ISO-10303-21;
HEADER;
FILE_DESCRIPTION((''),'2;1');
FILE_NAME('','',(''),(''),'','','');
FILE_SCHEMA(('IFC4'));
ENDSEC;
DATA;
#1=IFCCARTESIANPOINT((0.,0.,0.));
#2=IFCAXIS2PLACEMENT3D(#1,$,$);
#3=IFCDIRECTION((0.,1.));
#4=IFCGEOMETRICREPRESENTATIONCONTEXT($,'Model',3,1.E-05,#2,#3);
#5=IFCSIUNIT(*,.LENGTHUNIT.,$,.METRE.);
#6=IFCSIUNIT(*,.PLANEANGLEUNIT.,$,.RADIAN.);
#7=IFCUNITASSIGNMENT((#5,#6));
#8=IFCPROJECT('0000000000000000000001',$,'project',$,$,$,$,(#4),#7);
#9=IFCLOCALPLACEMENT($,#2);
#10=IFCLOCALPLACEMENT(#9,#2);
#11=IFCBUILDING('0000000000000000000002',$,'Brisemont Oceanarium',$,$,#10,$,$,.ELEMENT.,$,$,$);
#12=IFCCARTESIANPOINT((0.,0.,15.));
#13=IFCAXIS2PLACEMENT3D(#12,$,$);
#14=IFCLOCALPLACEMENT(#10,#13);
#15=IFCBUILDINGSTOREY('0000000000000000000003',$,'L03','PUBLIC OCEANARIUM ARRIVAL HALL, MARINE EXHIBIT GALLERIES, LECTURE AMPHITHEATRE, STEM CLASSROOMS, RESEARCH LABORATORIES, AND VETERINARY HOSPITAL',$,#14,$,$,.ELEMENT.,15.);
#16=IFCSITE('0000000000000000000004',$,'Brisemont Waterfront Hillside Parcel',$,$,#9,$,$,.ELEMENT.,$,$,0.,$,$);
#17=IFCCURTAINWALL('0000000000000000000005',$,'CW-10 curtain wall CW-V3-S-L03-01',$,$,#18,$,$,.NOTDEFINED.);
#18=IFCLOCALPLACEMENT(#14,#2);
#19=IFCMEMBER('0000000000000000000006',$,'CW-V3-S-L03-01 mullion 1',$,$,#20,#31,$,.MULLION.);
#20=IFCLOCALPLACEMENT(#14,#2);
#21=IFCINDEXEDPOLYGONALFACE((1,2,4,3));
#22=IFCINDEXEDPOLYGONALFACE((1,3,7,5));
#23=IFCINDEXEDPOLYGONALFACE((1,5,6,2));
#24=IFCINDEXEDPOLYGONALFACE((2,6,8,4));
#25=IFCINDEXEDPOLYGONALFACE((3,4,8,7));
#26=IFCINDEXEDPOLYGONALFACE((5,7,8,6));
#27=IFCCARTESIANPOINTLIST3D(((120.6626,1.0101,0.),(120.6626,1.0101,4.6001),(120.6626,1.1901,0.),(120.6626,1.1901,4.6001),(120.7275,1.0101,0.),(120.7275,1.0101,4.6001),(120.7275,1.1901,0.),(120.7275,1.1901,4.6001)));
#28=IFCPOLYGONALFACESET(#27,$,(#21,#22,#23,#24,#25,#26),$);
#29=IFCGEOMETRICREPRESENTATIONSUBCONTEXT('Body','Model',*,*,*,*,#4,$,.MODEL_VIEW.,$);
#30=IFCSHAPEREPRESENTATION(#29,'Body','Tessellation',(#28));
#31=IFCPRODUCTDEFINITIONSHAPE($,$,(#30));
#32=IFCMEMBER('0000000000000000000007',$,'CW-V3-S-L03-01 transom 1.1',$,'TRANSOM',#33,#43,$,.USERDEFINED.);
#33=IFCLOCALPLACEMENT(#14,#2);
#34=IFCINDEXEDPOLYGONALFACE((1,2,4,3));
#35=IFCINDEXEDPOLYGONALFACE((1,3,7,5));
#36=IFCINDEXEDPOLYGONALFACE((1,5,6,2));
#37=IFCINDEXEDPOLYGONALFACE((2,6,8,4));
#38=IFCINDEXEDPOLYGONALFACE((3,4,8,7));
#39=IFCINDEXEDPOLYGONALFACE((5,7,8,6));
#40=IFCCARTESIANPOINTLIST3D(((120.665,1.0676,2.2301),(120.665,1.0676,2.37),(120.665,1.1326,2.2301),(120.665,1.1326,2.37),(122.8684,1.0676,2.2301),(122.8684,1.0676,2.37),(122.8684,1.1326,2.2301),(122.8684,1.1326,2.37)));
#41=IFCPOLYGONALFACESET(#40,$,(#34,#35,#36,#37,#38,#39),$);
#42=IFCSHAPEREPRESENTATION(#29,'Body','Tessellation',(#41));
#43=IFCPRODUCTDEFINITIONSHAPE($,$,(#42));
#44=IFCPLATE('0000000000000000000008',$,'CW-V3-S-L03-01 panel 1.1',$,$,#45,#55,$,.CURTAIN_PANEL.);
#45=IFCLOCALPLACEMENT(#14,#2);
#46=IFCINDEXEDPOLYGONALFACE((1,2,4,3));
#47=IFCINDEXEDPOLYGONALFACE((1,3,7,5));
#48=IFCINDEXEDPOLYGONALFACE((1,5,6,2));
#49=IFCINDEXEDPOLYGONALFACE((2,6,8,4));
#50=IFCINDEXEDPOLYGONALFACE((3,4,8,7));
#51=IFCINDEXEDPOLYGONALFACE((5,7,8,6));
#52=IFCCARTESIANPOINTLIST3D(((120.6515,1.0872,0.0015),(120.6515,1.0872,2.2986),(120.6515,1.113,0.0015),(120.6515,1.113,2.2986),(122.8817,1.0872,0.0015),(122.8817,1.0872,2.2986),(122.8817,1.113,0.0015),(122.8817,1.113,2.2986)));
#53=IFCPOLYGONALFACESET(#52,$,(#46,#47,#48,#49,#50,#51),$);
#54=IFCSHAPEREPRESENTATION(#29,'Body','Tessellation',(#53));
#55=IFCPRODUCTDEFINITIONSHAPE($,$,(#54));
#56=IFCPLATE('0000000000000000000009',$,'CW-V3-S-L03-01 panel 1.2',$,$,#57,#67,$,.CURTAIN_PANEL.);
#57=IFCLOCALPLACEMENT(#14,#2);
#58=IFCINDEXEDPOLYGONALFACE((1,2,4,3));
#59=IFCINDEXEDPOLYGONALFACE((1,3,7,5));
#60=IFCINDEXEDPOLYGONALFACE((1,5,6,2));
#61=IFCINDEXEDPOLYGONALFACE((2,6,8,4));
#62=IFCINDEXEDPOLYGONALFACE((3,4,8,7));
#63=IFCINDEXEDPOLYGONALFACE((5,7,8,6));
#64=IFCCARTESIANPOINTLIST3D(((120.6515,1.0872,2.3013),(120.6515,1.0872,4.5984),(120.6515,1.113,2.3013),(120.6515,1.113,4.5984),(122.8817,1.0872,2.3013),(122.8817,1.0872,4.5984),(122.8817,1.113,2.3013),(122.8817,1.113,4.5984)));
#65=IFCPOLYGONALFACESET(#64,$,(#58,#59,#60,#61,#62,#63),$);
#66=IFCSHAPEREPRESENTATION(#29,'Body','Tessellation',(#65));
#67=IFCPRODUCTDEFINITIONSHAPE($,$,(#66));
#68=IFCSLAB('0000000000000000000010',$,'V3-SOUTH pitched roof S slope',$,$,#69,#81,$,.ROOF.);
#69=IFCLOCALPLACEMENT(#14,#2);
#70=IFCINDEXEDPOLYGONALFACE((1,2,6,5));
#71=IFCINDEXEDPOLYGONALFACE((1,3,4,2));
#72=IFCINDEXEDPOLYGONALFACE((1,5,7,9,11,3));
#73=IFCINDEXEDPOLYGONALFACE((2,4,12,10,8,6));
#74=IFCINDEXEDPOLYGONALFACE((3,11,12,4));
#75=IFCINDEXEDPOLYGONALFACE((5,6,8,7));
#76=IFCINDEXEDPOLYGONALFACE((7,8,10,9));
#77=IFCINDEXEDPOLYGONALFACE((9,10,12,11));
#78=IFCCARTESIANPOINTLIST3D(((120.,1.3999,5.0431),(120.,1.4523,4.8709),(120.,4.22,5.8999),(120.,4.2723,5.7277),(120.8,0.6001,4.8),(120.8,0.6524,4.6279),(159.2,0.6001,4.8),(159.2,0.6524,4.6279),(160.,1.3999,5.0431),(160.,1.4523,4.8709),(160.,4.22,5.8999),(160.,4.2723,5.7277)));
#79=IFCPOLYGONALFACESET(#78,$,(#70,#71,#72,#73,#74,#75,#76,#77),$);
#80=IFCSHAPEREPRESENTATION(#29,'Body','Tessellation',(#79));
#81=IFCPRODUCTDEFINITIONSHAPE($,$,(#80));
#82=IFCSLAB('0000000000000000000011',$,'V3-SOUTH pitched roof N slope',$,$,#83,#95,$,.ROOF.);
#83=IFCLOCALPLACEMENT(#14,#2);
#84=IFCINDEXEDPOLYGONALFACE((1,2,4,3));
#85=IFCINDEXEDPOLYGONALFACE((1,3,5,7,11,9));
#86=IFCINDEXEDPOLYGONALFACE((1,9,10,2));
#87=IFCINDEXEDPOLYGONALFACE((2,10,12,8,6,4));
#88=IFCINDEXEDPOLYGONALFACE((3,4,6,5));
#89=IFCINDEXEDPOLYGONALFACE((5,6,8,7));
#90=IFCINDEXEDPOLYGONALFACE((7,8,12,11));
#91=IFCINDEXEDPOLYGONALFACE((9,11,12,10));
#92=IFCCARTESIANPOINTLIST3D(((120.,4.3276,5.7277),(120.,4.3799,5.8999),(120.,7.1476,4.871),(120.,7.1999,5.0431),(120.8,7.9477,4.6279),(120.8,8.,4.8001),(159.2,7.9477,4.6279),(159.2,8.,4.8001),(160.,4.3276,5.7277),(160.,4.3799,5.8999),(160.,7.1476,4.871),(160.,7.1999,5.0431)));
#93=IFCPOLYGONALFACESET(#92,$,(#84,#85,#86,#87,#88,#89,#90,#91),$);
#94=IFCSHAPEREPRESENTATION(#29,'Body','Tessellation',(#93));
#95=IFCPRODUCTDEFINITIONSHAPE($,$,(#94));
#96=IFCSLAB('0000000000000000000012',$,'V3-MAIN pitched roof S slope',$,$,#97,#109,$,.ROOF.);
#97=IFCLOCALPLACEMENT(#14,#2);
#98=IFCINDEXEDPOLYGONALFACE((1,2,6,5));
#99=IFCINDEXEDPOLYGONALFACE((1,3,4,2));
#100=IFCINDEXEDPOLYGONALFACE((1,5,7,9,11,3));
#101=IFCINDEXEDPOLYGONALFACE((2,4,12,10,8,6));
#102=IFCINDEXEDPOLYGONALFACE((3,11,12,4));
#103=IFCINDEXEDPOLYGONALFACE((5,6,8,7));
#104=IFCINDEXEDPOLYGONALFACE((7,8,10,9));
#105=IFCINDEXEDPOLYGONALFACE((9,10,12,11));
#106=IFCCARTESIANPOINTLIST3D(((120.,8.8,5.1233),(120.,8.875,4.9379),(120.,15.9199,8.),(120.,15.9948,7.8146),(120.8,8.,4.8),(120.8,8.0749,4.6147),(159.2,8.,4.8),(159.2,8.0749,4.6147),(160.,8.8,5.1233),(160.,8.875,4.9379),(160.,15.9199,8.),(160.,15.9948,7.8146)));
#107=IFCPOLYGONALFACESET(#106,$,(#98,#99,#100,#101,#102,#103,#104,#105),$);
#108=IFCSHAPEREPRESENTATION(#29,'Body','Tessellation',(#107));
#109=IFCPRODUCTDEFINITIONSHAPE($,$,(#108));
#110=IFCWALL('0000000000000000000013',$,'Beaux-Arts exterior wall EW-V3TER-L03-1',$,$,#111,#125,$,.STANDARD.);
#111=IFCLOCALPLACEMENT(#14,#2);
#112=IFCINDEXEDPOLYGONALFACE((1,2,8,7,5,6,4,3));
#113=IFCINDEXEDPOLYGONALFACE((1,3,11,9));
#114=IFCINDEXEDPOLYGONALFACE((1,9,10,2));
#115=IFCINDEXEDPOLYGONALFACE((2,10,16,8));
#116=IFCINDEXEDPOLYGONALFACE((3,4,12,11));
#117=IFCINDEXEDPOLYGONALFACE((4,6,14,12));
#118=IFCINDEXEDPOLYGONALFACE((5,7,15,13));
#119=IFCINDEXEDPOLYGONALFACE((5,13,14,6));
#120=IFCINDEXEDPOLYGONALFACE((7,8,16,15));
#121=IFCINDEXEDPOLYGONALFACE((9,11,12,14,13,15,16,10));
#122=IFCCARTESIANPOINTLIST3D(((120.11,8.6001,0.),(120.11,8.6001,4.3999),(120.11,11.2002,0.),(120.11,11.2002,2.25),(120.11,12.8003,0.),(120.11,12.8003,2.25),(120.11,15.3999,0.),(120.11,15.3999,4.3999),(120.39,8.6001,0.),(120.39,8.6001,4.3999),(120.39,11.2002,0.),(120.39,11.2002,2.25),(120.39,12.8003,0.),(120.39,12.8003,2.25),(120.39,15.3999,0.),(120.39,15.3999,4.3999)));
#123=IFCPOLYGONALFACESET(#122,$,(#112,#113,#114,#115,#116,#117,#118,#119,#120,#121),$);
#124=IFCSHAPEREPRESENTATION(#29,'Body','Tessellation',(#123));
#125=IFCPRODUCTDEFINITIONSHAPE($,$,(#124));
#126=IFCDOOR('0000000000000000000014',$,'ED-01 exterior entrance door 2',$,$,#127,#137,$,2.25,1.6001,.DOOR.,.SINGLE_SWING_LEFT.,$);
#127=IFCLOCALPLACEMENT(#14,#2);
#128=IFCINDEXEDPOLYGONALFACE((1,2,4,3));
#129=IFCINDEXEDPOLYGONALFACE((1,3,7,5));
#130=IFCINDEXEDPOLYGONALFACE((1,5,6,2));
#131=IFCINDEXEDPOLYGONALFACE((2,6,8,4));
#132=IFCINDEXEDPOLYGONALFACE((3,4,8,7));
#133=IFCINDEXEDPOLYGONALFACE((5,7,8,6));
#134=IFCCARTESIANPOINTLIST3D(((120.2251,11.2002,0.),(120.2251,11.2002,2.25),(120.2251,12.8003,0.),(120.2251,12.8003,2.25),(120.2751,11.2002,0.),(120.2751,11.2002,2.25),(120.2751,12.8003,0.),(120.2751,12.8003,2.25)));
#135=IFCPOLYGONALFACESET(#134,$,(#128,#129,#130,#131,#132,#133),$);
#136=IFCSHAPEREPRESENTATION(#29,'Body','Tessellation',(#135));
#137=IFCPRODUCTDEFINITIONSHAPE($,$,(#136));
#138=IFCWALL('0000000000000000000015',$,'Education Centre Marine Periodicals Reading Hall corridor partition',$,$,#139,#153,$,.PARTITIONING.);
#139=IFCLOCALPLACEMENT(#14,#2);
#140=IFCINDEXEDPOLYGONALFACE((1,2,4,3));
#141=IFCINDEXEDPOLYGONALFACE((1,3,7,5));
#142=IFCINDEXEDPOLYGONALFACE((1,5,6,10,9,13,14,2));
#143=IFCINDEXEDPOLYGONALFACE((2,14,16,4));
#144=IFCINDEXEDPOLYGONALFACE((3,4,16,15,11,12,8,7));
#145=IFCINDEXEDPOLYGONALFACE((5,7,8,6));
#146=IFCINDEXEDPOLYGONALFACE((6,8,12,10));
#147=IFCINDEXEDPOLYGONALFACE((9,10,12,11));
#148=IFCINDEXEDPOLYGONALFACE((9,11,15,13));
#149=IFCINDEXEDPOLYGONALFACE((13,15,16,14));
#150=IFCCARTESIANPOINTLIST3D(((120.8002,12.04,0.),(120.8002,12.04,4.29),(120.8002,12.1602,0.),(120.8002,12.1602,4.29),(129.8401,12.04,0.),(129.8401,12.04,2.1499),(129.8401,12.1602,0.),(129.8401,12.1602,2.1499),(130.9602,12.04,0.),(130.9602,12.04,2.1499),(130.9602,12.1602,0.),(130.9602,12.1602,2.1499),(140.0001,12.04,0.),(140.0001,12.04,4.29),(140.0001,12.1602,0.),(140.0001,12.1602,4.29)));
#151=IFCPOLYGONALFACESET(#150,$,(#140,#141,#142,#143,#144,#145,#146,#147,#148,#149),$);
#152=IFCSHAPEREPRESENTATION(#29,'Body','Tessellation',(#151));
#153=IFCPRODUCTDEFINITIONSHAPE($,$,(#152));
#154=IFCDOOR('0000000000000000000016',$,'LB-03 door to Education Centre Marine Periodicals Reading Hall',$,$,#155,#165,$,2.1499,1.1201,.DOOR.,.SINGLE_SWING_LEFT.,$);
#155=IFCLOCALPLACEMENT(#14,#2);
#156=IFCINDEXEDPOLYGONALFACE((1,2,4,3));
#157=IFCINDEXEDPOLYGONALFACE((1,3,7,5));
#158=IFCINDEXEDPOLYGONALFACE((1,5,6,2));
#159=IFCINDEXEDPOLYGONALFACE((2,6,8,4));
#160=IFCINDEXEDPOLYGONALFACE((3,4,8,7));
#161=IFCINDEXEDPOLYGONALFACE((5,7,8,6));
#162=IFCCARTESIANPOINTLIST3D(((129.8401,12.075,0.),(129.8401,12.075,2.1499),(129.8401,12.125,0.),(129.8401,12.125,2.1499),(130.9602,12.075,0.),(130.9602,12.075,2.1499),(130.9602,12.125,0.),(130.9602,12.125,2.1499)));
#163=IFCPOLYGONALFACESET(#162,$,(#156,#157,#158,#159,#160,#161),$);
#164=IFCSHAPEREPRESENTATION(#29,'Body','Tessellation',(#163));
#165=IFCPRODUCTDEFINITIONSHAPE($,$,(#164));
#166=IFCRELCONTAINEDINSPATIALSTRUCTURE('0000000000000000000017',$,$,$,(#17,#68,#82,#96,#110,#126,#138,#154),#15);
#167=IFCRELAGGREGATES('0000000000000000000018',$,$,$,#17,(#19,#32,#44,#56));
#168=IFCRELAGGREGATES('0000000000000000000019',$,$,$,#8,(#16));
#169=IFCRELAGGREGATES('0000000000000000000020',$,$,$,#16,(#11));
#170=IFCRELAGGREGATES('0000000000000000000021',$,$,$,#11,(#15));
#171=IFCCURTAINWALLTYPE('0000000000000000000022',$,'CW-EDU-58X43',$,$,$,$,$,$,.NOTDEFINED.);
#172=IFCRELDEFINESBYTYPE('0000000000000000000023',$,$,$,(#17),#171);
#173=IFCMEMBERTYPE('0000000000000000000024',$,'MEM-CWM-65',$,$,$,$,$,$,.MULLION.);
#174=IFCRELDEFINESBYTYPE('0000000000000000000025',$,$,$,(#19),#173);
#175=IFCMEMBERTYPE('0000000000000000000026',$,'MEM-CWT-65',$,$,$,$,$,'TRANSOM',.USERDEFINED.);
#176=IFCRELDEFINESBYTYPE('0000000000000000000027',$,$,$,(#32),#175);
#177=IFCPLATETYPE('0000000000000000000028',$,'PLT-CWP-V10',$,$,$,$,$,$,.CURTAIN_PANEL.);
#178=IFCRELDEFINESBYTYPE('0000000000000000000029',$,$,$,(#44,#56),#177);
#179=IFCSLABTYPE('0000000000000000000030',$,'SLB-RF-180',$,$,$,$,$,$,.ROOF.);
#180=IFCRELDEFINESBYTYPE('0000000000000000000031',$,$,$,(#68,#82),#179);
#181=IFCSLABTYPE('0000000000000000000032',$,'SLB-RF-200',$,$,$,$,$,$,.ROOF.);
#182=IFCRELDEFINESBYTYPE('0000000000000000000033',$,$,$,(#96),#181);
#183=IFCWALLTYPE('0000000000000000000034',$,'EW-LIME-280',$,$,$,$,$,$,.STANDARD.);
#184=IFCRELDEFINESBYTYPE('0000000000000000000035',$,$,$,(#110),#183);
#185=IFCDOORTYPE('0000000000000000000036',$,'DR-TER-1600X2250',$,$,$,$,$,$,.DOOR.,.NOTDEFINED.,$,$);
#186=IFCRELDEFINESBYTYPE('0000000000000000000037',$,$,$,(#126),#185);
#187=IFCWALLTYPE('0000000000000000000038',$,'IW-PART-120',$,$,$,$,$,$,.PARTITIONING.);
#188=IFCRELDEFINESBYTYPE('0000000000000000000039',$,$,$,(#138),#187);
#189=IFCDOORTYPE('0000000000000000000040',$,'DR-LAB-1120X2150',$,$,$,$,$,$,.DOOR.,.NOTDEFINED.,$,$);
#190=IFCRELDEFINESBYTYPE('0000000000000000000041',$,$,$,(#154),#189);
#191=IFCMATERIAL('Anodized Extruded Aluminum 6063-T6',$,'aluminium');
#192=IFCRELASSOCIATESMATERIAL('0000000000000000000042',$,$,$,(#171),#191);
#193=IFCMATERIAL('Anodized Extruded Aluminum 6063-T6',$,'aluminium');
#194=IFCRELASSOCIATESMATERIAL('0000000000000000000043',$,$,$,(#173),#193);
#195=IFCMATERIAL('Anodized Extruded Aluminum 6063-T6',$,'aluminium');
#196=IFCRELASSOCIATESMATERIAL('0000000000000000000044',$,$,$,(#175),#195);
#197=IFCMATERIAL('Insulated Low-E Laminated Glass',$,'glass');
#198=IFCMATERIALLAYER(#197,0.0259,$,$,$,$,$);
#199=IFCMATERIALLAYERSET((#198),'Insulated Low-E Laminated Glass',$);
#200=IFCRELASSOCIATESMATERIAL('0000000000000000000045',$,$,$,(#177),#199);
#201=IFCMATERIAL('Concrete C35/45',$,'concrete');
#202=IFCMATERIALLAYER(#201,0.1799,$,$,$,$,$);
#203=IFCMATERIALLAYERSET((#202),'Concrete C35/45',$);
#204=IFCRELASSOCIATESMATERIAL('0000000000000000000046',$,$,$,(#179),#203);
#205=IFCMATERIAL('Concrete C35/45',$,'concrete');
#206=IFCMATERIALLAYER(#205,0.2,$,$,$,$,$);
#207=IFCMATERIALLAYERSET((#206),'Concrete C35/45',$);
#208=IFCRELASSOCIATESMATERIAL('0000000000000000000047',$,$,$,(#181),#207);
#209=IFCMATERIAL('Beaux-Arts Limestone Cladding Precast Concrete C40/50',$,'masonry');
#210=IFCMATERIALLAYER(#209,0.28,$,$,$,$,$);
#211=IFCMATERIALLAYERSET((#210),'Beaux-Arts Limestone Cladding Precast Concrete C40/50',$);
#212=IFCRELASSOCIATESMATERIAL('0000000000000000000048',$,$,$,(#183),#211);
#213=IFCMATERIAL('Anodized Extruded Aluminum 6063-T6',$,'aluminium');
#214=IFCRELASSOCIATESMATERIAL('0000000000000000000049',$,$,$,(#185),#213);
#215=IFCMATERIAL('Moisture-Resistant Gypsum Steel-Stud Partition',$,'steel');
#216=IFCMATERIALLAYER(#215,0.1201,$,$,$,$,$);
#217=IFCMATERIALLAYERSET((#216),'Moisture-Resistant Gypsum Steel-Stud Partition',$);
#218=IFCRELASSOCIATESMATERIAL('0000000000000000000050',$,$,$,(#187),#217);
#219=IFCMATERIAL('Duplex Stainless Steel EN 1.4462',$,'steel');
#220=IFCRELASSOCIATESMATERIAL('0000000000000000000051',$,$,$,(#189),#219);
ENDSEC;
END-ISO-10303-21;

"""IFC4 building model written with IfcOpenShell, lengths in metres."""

from ifc_helpers import new_model, si_unit, direction, frame, frame_2d, origin, origin_2d, place, context, subcontext, project, spatial, polyline, rectangle, outline, extrude, material, layer, layer_set, material_profile, profile_set, type_object, element, fill, aggregate, save


model = new_model("IFC4")

# Units and contexts
model_context = context("Model", 3, precision=1e-05, world=origin(), true_north=direction((0.0, 1.0)))
body_context = subcontext(model_context, "Body", "Model", "MODEL_VIEW")
ifc_project = project(units=[si_unit("LENGTHUNIT", "METRE"), si_unit("PLANEANGLEUNIT", "RADIAN")], contexts=[model_context])

# Site, building, storey
site_placement = place(None, origin())
site = spatial("IfcSite", under=ifc_project, at=site_placement, Name="Brisemont Waterfront Hillside Parcel", CompositionType="ELEMENT", RefElevation=0.0)
building_placement = place(site_placement, origin())
building = spatial("IfcBuilding", under=site, at=building_placement, Name="Brisemont Oceanarium", CompositionType="ELEMENT")
storey_placement = place(building_placement, frame((0.0, 0.0, 15.0)))
storey = spatial("IfcBuildingStorey", under=building, at=storey_placement, Name="L03", Description="PUBLIC OCEANARIUM ARRIVAL HALL, MARINE EXHIBIT GALLERIES, LECTURE AMPHITHEATRE, STEM CLASSROOMS, RESEARCH LABORATORIES, AND VETERINARY HOSPITAL", CompositionType="ELEMENT", Elevation=15.0)

# Curtain wall, members, plates
ifc_material_1 = material(Name="Anodized Extruded Aluminum 6063-T6", Category="aluminium")
curtain_wall_type = type_object("IfcCurtainWallType", Name="CW-EDU-58X43", PredefinedType="NOTDEFINED", material=ifc_material_1)
curtain_wall_placement = place(storey_placement, origin())
curtain_wall = element("IfcCurtainWall", 1, at=curtain_wall_placement, inside=storey, type_object=curtain_wall_type, Name="CW-10 curtain wall CW-V3-S-L03-01", PredefinedType="NOTDEFINED")
ifc_material_2 = material(Name="Anodized Extruded Aluminum 6063-T6", Category="aluminium")
ifc_material_profile_1 = material_profile(ifc_material_2, rectangle(XDim=0.0649, YDim=0.1799, at=origin_2d()), Name="CWM-65X180")
ifc_profile_set_1 = profile_set([ifc_material_profile_1], Name="Anodized Extruded Aluminum 6063-T6")
member_type_1 = type_object("IfcMemberType", Name="MEM-CWM-65", PredefinedType="MULLION", material=ifc_profile_set_1)
member_1_placement = place(storey_placement, frame((120.6951, 1.1001, 0.0), z_axis=(0.0, 0.0, 1.0), x_axis=(1.0, 0.0, 0.0)))
member_1 = element("IfcMember", 2, at=member_1_placement, type_object=member_type_1, Name="CW-V3-S-L03-01 mullion 1", PredefinedType="MULLION", context=body_context, shape_type="SweptSolid", body=[
    extrude(rectangle(XDim=0.0649, YDim=0.1799, at=origin_2d()), origin(), (0.0, 0.0, 1.0), 4.6001),
])
ifc_material_3 = material(Name="Anodized Extruded Aluminum 6063-T6", Category="aluminium")
ifc_material_profile_2 = material_profile(ifc_material_3, rectangle(XDim=0.0649, YDim=0.1399, at=origin_2d()), Name="CWT-65X140")
ifc_profile_set_2 = profile_set([ifc_material_profile_2], Name="Anodized Extruded Aluminum 6063-T6")
member_type_2 = type_object("IfcMemberType", Name="MEM-CWT-65", ElementType="TRANSOM", PredefinedType="USERDEFINED", material=ifc_profile_set_2)
member_2_placement = place(storey_placement, frame((120.665, 1.1001, 2.3), z_axis=(1.0, 0.0, 0.0), x_axis=(0.0, 1.0, 0.0)))
member_2 = element("IfcMember", 3, at=member_2_placement, type_object=member_type_2, Name="CW-V3-S-L03-01 transom 1.1", ObjectType="TRANSOM", PredefinedType="USERDEFINED", context=body_context, shape_type="SweptSolid", body=[
    extrude(rectangle(XDim=0.0649, YDim=0.1399, at=origin_2d()), origin(), (0.0, 0.0, 1.0), 2.2034),
])
ifc_material_4 = material(Name="Insulated Low-E Laminated Glass", Category="glass")
ifc_layer_1 = layer(ifc_material_4, 0.0259)
ifc_layer_set_1 = layer_set([ifc_layer_1], Name="Insulated Low-E Laminated Glass")
plate_type = type_object("IfcPlateType", Name="PLT-CWP-V10", PredefinedType="CURTAIN_PANEL", material=ifc_layer_set_1)
plate_1_placement = place(storey_placement, frame((121.7666, 1.1001, 0.0015), z_axis=(0.0, 0.0, 1.0), x_axis=(1.0, 0.0, 0.0)))
plate_1 = element("IfcPlate", 4, at=plate_1_placement, type_object=plate_type, Name="CW-V3-S-L03-01 panel 1.1", PredefinedType="CURTAIN_PANEL", context=body_context, shape_type="SweptSolid", body=[
    extrude(rectangle(XDim=2.2302, YDim=0.0259, at=origin_2d()), origin(), (0.0, 0.0, 1.0), 2.2971),
])
plate_2_placement = place(storey_placement, frame((121.7666, 1.1001, 2.3013), z_axis=(0.0, 0.0, 1.0), x_axis=(1.0, 0.0, 0.0)))
plate_2 = element("IfcPlate", 5, at=plate_2_placement, type_object=plate_type, Name="CW-V3-S-L03-01 panel 1.2", PredefinedType="CURTAIN_PANEL", context=body_context, shape_type="SweptSolid", body=[
    extrude(rectangle(XDim=2.2302, YDim=0.0259, at=origin_2d()), origin(), (0.0, 0.0, 1.0), 2.2971),
])
aggregate(curtain_wall, [member_1, member_2, plate_1, plate_2])

# Slabs
ifc_material_5 = material(Name="Concrete C35/45", Category="concrete")
ifc_layer_2 = layer(ifc_material_5, 0.1799)
ifc_layer_set_2 = layer_set([ifc_layer_2], Name="Concrete C35/45")
slab_type_1 = type_object("IfcSlabType", Name="SLB-RF-180", PredefinedType="ROOF", material=ifc_layer_set_2)
slab_1_placement = place(storey_placement, frame((120.8, 0.6001, 4.8), z_axis=(0.0, -0.290714, 0.95681), x_axis=(1.0, 0.0, 0.0)))
element("IfcSlab", 6, at=slab_1_placement, inside=storey, type_object=slab_type_1, Name="V3-SOUTH pitched roof S slope", PredefinedType="ROOF", context=body_context, shape_type="SweptSolid", body=[
    extrude(outline(polyline([(0.0, 0.0), (38.3999, 0.0), (39.2, 0.836), (39.2, 3.7833), (-0.8, 3.7833), (-0.8, 0.836), (0.0, 0.0)])), origin(), (0.0, 0.0, -1.0), 0.1799),
])
slab_2_placement = place(storey_placement, frame((120.0, 4.3799, 5.8999), z_axis=(0.0, 0.290696, 0.956815), x_axis=(1.0, 0.0, 0.0)))
element("IfcSlab", 7, at=slab_2_placement, inside=storey, type_object=slab_type_1, Name="V3-SOUTH pitched roof N slope", PredefinedType="ROOF", context=body_context, shape_type="SweptSolid", body=[
    extrude(outline(polyline([(0.0, 0.0), (40.0, 0.0), (40.0, 2.9473), (39.2, 3.7835), (0.8, 3.7835), (0.0, 2.9473), (0.0, 0.0)])), origin(), (0.0, 0.0, -1.0), 0.1799),
])
ifc_material_6 = material(Name="Concrete C35/45", Category="concrete")
ifc_layer_3 = layer(ifc_material_6, 0.2)
ifc_layer_set_3 = layer_set([ifc_layer_3], Name="Concrete C35/45")
slab_type_2 = type_object("IfcSlabType", Name="SLB-RF-200", PredefinedType="ROOF", material=ifc_layer_set_3)
slab_3_placement = place(storey_placement, frame((120.8, 8.0, 4.8), z_axis=(0.0, -0.374616, 0.92718), x_axis=(1.0, 0.0, 0.0)))
element("IfcSlab", 8, at=slab_3_placement, inside=storey, type_object=slab_type_2, Name="V3-MAIN pitched roof S slope", PredefinedType="ROOF", context=body_context, shape_type="SweptSolid", body=[
    extrude(outline(polyline([(0.0, 0.0), (38.3999, 0.0), (39.2, 0.8629), (39.2, 8.5419), (-0.8, 8.5419), (-0.8, 0.8629), (0.0, 0.0)])), origin(), (0.0, 0.0, -1.0), 0.2),
])

# Walls, openings, doors
ifc_material_7 = material(Name="Beaux-Arts Limestone Cladding Precast Concrete C40/50", Category="masonry")
ifc_layer_4 = layer(ifc_material_7, 0.28)
ifc_layer_set_4 = layer_set([ifc_layer_4], Name="Beaux-Arts Limestone Cladding Precast Concrete C40/50")
wall_type_1 = type_object("IfcWallType", Name="EW-LIME-280", PredefinedType="STANDARD", material=ifc_layer_set_4)
wall_1_placement = place(storey_placement, frame((120.25, 8.6001, 0.0), z_axis=(0.0, 0.0, 1.0), x_axis=(0.0, 1.0, 0.0)))
wall_1 = element("IfcWall", 9, at=wall_1_placement, inside=storey, type_object=wall_type_1, Name="Beaux-Arts exterior wall EW-V3TER-L03-1", PredefinedType="STANDARD", context=body_context, shape_type="SweptSolid", body=[
    extrude(rectangle(XDim=6.7998, YDim=0.28, at=frame_2d((3.3999, 0.0))), origin(), (0.0, 0.0, 1.0), 4.3999),
])
opening_1_placement = place(wall_1_placement, frame((2.6001, 0.0, 0.0)))
opening_1 = element("IfcOpeningElement", 10, at=opening_1_placement, cuts=wall_1, PredefinedType="OPENING", context=body_context, shape_type="SweptSolid", body=[
    extrude(rectangle(XDim=1.6001, YDim=2.25, at=frame_2d((0.8, 1.125))), frame((0.0, 0.1499, 0.0), z_axis=(0.0, -1.0, 0.0), x_axis=(1.0, 0.0, 0.0)), (0.0, 0.0, 1.0), 0.3),
])
ifc_material_8 = material(Name="Anodized Extruded Aluminum 6063-T6", Category="aluminium")
door_type_1 = type_object("IfcDoorType", Name="DR-TER-1600X2250", OperationType="NOTDEFINED", PredefinedType="DOOR", material=ifc_material_8)
door_1_placement = place(opening_1_placement, origin())
door_1 = element("IfcDoor", 11, at=door_1_placement, inside=storey, type_object=door_type_1, Name="ED-01 exterior entrance door 2", OperationType="SINGLE_SWING_LEFT", OverallHeight=2.25, OverallWidth=1.6001, PredefinedType="DOOR", context=body_context, shape_type="SweptSolid", body=[
    extrude(rectangle(XDim=1.6001, YDim=2.25, at=frame_2d((0.8, 1.125))), frame((0.0, 0.0249, 0.0), z_axis=(0.0, -1.0, 0.0), x_axis=(1.0, 0.0, 0.0)), (0.0, 0.0, 1.0), 0.05),
])
fill(opening_1, door_1)
ifc_material_9 = material(Name="Moisture-Resistant Gypsum Steel-Stud Partition", Category="steel")
ifc_layer_5 = layer(ifc_material_9, 0.1201)
ifc_layer_set_5 = layer_set([ifc_layer_5], Name="Moisture-Resistant Gypsum Steel-Stud Partition")
wall_type_2 = type_object("IfcWallType", Name="IW-PART-120", PredefinedType="PARTITIONING", material=ifc_layer_set_5)
wall_2_placement = place(storey_placement, frame((120.8, 12.1001, 0.0), z_axis=(0.0, 0.0, 1.0), x_axis=(1.0, 0.0, 0.0)))
wall_2 = element("IfcWall", 12, at=wall_2_placement, inside=storey, type_object=wall_type_2, Name="Education Centre Marine Periodicals Reading Hall corridor partition", PredefinedType="PARTITIONING", context=body_context, shape_type="SweptSolid", body=[
    extrude(rectangle(XDim=19.2, YDim=0.1201, at=frame_2d((9.6001, 0.0))), origin(), (0.0, 0.0, 1.0), 4.29),
])
opening_2_placement = place(wall_2_placement, frame((9.04, 0.0, 0.0)))
opening_2 = element("IfcOpeningElement", 13, at=opening_2_placement, cuts=wall_2, PredefinedType="OPENING", context=body_context, shape_type="SweptSolid", body=[
    extrude(rectangle(XDim=1.1201, YDim=2.1499, at=frame_2d((0.5601, 1.075))), frame((0.0, 0.0701, 0.0), z_axis=(0.0, -1.0, 0.0), x_axis=(1.0, 0.0, 0.0)), (0.0, 0.0, 1.0), 0.1401),
])
ifc_material_10 = material(Name="Duplex Stainless Steel EN 1.4462", Category="steel")
door_type_2 = type_object("IfcDoorType", Name="DR-LAB-1120X2150", OperationType="NOTDEFINED", PredefinedType="DOOR", material=ifc_material_10)
door_2_placement = place(opening_2_placement, origin())
door_2 = element("IfcDoor", 14, at=door_2_placement, inside=storey, type_object=door_type_2, Name="LB-03 door to Education Centre Marine Periodicals Reading Hall", OperationType="SINGLE_SWING_LEFT", OverallHeight=2.1499, OverallWidth=1.1201, PredefinedType="DOOR", context=body_context, shape_type="SweptSolid", body=[
    extrude(rectangle(XDim=1.1201, YDim=2.1499, at=frame_2d((0.5601, 1.075))), frame((0.0, 0.0249, 0.0), z_axis=(0.0, -1.0, 0.0), x_axis=(1.0, 0.0, 0.0)), (0.0, 0.0, 1.0), 0.05),
])
fill(opening_2, door_2)

save(model, "model.ifc")
